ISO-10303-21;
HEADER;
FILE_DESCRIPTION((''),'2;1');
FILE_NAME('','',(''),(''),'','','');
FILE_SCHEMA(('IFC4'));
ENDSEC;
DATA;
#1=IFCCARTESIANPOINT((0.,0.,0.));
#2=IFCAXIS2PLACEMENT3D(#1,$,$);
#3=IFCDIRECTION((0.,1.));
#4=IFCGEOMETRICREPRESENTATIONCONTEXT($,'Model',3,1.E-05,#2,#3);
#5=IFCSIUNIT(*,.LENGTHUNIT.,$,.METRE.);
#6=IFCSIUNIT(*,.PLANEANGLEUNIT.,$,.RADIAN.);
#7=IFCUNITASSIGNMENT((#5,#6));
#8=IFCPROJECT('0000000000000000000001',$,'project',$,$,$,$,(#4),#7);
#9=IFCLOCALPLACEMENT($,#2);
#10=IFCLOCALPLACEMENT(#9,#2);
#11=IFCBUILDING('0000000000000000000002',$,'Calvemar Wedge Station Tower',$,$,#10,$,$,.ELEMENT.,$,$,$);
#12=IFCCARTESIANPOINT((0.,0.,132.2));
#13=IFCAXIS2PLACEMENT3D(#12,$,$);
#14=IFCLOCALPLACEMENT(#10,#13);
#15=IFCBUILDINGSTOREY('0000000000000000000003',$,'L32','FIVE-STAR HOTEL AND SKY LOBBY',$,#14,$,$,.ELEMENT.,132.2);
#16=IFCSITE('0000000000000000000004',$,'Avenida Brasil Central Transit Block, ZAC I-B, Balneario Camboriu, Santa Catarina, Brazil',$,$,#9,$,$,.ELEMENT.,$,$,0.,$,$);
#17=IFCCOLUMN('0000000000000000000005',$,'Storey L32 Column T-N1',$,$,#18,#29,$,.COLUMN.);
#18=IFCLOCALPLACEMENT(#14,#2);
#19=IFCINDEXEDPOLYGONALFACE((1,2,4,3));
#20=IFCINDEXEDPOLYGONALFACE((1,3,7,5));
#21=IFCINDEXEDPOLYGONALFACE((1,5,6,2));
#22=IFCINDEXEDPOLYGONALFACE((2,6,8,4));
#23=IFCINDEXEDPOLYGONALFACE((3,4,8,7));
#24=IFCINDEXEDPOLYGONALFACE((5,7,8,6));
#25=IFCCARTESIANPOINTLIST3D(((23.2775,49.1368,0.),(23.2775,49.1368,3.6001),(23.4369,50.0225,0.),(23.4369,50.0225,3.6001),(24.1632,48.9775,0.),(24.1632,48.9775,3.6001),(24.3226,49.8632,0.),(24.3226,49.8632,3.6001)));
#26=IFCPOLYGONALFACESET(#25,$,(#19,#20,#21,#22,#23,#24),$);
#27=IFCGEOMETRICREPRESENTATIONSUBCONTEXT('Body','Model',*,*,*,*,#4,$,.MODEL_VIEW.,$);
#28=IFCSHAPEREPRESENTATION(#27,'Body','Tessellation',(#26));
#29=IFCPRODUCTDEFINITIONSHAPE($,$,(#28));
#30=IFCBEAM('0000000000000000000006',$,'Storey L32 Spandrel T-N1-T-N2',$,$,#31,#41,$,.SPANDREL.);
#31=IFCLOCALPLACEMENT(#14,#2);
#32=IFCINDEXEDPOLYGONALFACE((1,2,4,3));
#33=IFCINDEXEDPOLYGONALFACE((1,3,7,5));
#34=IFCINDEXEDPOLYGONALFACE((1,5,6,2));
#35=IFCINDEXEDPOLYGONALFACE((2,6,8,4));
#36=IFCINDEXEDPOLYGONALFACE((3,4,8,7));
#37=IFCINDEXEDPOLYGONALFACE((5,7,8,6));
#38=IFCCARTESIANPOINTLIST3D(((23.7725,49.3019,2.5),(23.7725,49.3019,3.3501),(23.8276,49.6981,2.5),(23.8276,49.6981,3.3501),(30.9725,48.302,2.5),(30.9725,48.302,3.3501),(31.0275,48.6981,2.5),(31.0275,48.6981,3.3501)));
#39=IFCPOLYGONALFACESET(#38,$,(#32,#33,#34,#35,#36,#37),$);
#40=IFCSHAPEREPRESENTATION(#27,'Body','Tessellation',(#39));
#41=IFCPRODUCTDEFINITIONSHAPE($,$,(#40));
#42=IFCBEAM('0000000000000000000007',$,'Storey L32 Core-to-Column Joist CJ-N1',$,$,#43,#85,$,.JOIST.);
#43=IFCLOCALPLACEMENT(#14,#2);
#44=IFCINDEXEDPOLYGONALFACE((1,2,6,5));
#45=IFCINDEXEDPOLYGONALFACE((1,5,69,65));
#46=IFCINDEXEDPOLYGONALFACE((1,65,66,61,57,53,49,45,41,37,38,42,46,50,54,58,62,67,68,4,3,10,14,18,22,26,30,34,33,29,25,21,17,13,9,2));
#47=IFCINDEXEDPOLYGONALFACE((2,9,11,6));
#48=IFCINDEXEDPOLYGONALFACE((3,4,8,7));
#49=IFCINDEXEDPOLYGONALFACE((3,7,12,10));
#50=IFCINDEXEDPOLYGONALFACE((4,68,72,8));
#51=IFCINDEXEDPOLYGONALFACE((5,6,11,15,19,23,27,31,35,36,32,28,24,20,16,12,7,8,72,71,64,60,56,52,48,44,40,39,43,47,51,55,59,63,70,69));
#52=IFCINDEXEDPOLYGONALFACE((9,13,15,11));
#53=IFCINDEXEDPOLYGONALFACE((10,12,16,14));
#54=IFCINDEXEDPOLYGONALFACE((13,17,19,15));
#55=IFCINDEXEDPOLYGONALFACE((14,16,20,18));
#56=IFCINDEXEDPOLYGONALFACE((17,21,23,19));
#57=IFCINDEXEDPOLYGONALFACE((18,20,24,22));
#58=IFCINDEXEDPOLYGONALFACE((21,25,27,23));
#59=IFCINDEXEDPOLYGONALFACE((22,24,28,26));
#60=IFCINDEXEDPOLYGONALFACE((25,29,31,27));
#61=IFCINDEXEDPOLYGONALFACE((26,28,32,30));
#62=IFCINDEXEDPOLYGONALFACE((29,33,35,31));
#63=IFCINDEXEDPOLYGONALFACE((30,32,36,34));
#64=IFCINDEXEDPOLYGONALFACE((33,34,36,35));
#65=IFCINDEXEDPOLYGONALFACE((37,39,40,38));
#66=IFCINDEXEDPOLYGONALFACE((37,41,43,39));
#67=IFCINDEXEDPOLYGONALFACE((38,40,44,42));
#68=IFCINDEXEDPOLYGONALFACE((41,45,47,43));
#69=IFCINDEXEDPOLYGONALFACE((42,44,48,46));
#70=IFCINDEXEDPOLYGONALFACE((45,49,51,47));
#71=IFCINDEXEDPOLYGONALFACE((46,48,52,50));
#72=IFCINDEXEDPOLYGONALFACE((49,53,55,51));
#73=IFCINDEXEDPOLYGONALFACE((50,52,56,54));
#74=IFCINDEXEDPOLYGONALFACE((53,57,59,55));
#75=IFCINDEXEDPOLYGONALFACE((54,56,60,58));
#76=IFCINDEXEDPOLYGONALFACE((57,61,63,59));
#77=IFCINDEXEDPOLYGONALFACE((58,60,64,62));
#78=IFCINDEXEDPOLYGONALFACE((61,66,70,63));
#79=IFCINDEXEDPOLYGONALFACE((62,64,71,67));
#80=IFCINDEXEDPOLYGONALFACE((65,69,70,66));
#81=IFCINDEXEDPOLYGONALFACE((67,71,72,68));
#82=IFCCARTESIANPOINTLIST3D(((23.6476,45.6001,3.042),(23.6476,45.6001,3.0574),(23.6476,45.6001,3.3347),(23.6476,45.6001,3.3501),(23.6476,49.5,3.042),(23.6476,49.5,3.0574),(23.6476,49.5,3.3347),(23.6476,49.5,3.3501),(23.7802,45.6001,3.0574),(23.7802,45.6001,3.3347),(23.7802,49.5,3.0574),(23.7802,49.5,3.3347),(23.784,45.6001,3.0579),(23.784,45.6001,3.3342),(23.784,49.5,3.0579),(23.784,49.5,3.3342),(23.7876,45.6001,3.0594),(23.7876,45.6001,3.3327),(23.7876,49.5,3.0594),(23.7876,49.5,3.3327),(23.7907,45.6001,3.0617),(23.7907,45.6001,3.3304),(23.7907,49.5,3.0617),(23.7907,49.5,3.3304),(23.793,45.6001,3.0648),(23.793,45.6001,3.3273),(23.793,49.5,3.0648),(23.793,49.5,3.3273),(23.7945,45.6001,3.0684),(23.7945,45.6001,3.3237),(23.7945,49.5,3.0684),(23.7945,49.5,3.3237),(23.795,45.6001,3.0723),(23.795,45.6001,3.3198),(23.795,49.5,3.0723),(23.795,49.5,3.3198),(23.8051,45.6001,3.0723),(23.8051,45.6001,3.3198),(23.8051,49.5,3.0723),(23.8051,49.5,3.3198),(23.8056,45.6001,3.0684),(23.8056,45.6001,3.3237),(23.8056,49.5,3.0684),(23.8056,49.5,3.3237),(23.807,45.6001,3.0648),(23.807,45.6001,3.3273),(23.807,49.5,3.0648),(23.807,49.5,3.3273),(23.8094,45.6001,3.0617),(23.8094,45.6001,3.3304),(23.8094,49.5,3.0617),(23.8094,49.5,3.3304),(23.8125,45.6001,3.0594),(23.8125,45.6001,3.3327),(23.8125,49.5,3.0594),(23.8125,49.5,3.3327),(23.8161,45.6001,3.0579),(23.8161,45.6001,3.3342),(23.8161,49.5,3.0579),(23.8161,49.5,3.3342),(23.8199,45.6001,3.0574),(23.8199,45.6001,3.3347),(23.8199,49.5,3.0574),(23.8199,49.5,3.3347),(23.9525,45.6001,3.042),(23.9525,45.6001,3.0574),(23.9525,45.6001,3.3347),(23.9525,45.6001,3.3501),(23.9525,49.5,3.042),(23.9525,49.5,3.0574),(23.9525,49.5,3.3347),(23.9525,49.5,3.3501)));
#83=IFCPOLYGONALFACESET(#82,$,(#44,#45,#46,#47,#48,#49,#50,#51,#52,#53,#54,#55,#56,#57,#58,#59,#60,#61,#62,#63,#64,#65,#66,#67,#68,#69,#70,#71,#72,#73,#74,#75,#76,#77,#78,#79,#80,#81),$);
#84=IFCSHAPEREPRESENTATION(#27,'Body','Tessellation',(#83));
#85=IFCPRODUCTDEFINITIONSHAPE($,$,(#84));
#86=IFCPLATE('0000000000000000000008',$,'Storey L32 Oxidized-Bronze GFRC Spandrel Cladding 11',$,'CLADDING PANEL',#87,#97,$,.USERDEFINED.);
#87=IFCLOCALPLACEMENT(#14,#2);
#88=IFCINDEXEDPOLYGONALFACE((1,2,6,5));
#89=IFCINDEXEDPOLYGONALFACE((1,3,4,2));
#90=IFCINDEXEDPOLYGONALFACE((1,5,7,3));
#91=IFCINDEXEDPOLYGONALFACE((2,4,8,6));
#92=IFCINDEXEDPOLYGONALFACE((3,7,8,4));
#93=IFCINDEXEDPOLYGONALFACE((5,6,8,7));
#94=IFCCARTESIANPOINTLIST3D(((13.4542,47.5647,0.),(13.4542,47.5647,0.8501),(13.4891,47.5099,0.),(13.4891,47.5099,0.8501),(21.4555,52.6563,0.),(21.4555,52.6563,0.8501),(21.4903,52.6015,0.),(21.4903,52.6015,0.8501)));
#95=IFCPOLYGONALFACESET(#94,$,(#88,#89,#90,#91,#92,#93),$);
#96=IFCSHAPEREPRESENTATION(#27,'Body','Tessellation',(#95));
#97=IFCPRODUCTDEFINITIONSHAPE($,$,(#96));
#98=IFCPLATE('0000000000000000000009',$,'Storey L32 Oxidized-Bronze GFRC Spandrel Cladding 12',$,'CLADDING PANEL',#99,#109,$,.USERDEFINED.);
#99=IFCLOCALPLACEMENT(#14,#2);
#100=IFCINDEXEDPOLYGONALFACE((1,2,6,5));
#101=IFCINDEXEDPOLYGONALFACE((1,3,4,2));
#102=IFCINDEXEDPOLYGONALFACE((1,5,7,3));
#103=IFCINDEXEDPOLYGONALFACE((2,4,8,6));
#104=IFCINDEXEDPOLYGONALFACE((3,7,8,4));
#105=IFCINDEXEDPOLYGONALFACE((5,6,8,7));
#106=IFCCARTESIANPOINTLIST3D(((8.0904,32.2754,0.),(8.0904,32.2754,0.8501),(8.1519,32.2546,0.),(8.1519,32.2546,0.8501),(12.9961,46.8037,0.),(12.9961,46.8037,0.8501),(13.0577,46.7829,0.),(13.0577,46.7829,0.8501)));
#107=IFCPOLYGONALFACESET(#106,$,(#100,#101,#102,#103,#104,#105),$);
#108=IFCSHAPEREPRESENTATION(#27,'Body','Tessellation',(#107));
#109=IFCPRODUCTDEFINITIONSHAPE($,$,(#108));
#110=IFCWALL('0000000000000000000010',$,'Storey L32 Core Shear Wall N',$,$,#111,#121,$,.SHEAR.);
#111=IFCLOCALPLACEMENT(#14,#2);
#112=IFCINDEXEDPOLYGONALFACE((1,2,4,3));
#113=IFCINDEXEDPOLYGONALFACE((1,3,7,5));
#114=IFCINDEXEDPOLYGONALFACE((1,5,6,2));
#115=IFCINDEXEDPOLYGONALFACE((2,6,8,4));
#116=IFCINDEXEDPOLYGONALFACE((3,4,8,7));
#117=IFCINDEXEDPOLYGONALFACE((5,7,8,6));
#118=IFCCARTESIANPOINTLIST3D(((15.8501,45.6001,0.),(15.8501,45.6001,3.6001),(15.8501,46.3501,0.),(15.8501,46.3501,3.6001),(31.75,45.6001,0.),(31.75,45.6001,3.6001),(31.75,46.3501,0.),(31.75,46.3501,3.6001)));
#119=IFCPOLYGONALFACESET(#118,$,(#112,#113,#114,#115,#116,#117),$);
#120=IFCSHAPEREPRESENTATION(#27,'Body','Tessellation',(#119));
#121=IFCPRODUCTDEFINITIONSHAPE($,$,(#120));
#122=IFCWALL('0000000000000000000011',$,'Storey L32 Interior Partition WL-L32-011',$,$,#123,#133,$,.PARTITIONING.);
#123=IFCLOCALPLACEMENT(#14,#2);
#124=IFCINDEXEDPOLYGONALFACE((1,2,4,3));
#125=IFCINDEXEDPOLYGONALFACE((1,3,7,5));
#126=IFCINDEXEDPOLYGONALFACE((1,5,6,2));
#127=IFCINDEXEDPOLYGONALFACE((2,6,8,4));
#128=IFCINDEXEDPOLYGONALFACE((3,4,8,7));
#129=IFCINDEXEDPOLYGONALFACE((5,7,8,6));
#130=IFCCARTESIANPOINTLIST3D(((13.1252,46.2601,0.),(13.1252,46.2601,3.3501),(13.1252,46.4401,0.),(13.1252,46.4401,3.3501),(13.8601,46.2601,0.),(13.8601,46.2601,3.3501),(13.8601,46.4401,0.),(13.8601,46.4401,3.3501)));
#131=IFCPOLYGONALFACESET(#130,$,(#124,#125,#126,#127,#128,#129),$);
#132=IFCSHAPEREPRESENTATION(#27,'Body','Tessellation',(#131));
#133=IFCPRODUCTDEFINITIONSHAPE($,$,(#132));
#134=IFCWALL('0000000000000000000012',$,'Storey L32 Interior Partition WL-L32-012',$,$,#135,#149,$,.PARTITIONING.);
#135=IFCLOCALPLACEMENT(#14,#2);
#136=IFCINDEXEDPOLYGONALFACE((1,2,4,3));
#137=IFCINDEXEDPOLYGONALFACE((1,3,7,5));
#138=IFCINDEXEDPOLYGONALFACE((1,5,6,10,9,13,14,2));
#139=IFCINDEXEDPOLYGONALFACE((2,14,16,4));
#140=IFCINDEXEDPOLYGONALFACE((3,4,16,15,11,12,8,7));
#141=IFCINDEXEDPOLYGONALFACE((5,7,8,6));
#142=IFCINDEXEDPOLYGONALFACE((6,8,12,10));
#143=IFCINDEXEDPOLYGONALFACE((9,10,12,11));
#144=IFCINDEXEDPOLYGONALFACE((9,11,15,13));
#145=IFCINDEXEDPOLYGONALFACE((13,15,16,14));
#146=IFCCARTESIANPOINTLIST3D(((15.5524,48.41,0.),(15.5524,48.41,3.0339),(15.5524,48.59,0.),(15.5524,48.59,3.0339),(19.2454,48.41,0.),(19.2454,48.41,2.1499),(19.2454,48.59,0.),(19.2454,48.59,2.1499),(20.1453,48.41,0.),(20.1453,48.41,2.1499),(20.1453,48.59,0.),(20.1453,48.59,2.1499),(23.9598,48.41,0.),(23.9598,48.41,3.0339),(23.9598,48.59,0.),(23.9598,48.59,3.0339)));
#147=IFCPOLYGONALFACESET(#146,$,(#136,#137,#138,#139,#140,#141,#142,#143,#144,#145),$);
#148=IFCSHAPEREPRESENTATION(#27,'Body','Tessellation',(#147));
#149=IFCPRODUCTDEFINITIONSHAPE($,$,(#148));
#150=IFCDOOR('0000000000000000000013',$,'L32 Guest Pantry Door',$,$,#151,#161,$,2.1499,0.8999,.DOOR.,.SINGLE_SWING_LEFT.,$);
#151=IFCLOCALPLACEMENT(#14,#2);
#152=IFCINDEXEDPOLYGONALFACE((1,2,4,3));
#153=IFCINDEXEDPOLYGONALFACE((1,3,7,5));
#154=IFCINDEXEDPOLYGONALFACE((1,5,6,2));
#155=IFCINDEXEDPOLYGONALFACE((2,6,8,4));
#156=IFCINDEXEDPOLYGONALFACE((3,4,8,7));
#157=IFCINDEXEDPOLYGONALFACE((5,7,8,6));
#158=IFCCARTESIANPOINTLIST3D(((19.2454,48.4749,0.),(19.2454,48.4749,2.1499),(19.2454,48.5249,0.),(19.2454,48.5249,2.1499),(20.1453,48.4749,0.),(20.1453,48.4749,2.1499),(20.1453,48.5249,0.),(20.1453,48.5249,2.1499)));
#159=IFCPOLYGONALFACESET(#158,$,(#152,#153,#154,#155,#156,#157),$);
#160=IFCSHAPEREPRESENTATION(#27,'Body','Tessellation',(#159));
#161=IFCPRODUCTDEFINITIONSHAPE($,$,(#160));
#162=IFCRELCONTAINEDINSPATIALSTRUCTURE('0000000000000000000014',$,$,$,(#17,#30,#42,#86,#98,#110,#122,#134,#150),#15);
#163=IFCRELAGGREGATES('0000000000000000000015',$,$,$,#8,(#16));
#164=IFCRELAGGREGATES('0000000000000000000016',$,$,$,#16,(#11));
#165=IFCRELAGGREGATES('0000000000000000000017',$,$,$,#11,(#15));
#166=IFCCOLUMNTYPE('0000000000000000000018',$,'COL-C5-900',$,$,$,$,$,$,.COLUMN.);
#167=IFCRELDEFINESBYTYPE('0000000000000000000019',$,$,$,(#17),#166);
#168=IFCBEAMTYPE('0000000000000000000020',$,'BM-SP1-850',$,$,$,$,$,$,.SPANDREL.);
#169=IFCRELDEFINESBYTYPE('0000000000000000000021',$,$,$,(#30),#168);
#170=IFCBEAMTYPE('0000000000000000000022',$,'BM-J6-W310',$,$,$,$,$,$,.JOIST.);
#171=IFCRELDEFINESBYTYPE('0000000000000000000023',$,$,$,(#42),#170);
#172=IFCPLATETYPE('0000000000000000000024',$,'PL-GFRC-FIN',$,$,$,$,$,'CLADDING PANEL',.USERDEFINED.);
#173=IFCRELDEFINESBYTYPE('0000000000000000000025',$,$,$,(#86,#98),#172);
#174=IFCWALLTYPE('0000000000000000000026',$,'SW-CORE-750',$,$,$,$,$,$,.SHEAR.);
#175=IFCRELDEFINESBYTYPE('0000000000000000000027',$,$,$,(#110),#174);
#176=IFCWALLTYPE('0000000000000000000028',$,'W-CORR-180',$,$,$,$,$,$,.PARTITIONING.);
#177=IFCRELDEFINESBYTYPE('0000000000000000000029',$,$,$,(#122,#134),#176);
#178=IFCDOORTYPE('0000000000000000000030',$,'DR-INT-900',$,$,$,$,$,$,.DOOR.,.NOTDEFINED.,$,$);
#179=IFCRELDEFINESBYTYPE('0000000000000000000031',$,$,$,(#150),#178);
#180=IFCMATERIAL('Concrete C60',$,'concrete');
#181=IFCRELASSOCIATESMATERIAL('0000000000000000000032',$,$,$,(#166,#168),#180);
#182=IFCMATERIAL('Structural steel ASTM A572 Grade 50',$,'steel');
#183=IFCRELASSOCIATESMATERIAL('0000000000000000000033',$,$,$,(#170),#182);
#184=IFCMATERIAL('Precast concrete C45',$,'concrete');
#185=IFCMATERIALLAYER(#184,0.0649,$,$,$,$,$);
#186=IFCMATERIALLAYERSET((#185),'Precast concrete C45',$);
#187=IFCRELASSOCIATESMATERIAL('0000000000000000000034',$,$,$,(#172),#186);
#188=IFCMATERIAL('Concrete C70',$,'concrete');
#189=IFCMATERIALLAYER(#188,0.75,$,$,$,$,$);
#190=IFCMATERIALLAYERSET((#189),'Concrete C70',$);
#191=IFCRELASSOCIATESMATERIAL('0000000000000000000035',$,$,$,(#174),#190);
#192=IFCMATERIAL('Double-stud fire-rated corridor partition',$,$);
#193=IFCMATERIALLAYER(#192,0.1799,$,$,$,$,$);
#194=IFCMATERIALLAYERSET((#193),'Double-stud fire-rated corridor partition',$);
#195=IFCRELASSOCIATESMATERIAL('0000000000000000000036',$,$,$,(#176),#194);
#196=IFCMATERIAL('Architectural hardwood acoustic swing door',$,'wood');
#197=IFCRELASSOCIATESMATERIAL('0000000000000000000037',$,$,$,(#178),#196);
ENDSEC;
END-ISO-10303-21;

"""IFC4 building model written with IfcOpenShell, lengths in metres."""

from ifc_helpers import new_model, si_unit, direction, frame, frame_2d, origin, origin_2d, place, context, subcontext, project, spatial, rectangle, i_section, extrude, source, transform, mapped, material, layer, layer_set, material_profile, profile_set, type_object, element, fill, save


model = new_model("IFC4")

# Units and contexts
model_context = context("Model", 3, precision=1e-05, world=origin(), true_north=direction((0.0, 1.0)))
body_context = subcontext(model_context, "Body", "Model", "MODEL_VIEW")
ifc_project = project(units=[si_unit("LENGTHUNIT", "METRE"), si_unit("PLANEANGLEUNIT", "RADIAN")], contexts=[model_context])

# Site, building, storey
site_placement = place(None, origin())
site = spatial("IfcSite", under=ifc_project, at=site_placement, Name="Avenida Brasil Central Transit Block, ZAC I-B, Balneario Camboriu, Santa Catarina, Brazil", CompositionType="ELEMENT", RefElevation=0.0)
building_placement = place(site_placement, origin())
building = spatial("IfcBuilding", under=site, at=building_placement, Name="Calvemar Wedge Station Tower", CompositionType="ELEMENT")
storey_placement = place(building_placement, frame((0.0, 0.0, 132.2)))
storey = spatial("IfcBuildingStorey", under=building, at=storey_placement, Name="L32", Description="FIVE-STAR HOTEL AND SKY LOBBY", CompositionType="ELEMENT", Elevation=132.2)

# Column
ifc_material_1 = material(Name="Concrete C60", Category="concrete")
ifc_material_profile_1 = material_profile(ifc_material_1, rectangle(XDim=0.8999, YDim=0.8999, at=origin_2d()), Name="RC900x900")
ifc_profile_set_1 = profile_set([ifc_material_profile_1], Name="Concrete C60")
column_type = type_object("IfcColumnType", Name="COL-C5-900", PredefinedType="COLUMN", material=ifc_profile_set_1)
shared_shape_1 = source(origin(), body_context, "Body", "SweptSolid", [
    extrude(rectangle(XDim=0.8999, YDim=0.8999, at=origin_2d()), origin(), (0.0, 0.0, 1.0), 3.6001),
])
column_placement = place(storey_placement, frame((23.8, 49.5, 0.0), z_axis=(0.0, 0.0, 1.0), x_axis=(0.984196, -0.177085, 0.0)))
element("IfcColumn", 1, at=column_placement, inside=storey, type_object=column_type, Name="Storey L32 Column T-N1", PredefinedType="COLUMN", context=body_context, shape_type="MappedRepresentation", body=[
    mapped(shared_shape_1, transform((0.0, 0.0, 0.0), scale=1.0)),
])

# Beams
ifc_material_profile_2 = material_profile(ifc_material_1, rectangle(XDim=0.3999, YDim=0.8501, at=origin_2d()), Name="RC400x850")
ifc_profile_set_2 = profile_set([ifc_material_profile_2], Name="Concrete C60")
beam_type_1 = type_object("IfcBeamType", Name="BM-SP1-850", PredefinedType="SPANDREL", material=ifc_profile_set_2)
shared_shape_2 = source(origin(), body_context, "Body", "SweptSolid", [
    extrude(rectangle(XDim=0.3999, YDim=0.8501, at=origin_2d()), origin(), (0.0, 0.0, 1.0), 7.269),
])
beam_1_placement = place(storey_placement, frame((23.8, 49.5, 2.925), z_axis=(0.990492, -0.137569, 0.0), x_axis=(0.137569, 0.990492, 0.0)))
element("IfcBeam", 2, at=beam_1_placement, inside=storey, type_object=beam_type_1, Name="Storey L32 Spandrel T-N1-T-N2", PredefinedType="SPANDREL", context=body_context, shape_type="MappedRepresentation", body=[
    mapped(shared_shape_2, transform((0.0, 0.0, 0.0), scale=1.0)),
])
ifc_material_2 = material(Name="Structural steel ASTM A572 Grade 50", Category="steel")
ifc_material_profile_3 = material_profile(ifc_material_2, i_section(OverallWidth=0.3049, OverallDepth=0.3081, WebThickness=0.01, FlangeThickness=0.0154, FilletRadius=0.0149, at=origin_2d()), Name="W310x97")
ifc_profile_set_3 = profile_set([ifc_material_profile_3], Name="Structural steel ASTM A572 Grade 50")
beam_type_2 = type_object("IfcBeamType", Name="BM-J6-W310", PredefinedType="JOIST", material=ifc_profile_set_3)
shared_shape_3 = source(origin(), body_context, "Body", "SweptSolid", [
    extrude(i_section(OverallWidth=0.3049, OverallDepth=0.3081, WebThickness=0.01, FlangeThickness=0.0154, FilletRadius=0.0149, at=origin_2d()), origin(), (0.0, 0.0, 1.0), 3.8999),
])
beam_2_placement = place(storey_placement, frame((23.8, 45.6001, 3.196), z_axis=(0.0, 1.0, 0.0), x_axis=(-1.0, 0.0, 0.0)))
element("IfcBeam", 3, at=beam_2_placement, inside=storey, type_object=beam_type_2, Name="Storey L32 Core-to-Column Joist CJ-N1", PredefinedType="JOIST", context=body_context, shape_type="MappedRepresentation", body=[
    mapped(shared_shape_3, transform((0.0, 0.0, 0.0), scale=1.0)),
])

# Plates
ifc_material_3 = material(Name="Precast concrete C45", Category="concrete")
ifc_layer_1 = layer(ifc_material_3, 0.0649)
ifc_layer_set_1 = layer_set([ifc_layer_1], Name="Precast concrete C45")
plate_type = type_object("IfcPlateType", Name="PL-GFRC-FIN", ElementType="CLADDING PANEL", PredefinedType="USERDEFINED", material=ifc_layer_set_1)
plate_1_placement = place(storey_placement, frame((21.4729, 52.6289, 0.0), z_axis=(0.0, 0.0, 1.0), x_axis=(-0.843668, -0.536865, 0.0)))
element("IfcPlate", 4, at=plate_1_placement, inside=storey, type_object=plate_type, Name="Storey L32 Oxidized-Bronze GFRC Spandrel Cladding 11", ObjectType="CLADDING PANEL", PredefinedType="USERDEFINED", context=body_context, shape_type="SweptSolid", body=[
    extrude(rectangle(XDim=9.4839, YDim=0.0649, at=frame_2d((4.7419, 0.0))), origin(), (0.0, 0.0, 1.0), 0.8501),
])
plate_2_placement = place(storey_placement, frame((13.0269, 46.7932, 0.0), z_axis=(0.0, 0.0, 1.0), x_axis=(-0.319922, -0.947444, 0.0)))
element("IfcPlate", 5, at=plate_2_placement, inside=storey, type_object=plate_type, Name="Storey L32 Oxidized-Bronze GFRC Spandrel Cladding 12", ObjectType="CLADDING PANEL", PredefinedType="USERDEFINED", context=body_context, shape_type="SweptSolid", body=[
    extrude(rectangle(XDim=15.3342, YDim=0.0649, at=frame_2d((7.667, 0.0))), origin(), (0.0, 0.0, 1.0), 0.8501),
])

# Walls
ifc_material_4 = material(Name="Concrete C70", Category="concrete")
ifc_layer_2 = layer(ifc_material_4, 0.75)
ifc_layer_set_2 = layer_set([ifc_layer_2], Name="Concrete C70")
wall_type_1 = type_object("IfcWallType", Name="SW-CORE-750", PredefinedType="SHEAR", material=ifc_layer_set_2)
wall_1_placement = place(storey_placement, frame((15.8501, 45.9751, 0.0), z_axis=(0.0, 0.0, 1.0), x_axis=(1.0, 0.0, 0.0)))
element("IfcWall", 6, at=wall_1_placement, inside=storey, type_object=wall_type_1, Name="Storey L32 Core Shear Wall N", PredefinedType="SHEAR", context=body_context, shape_type="SweptSolid", body=[
    extrude(rectangle(XDim=15.8999, YDim=0.75, at=frame_2d((7.95, 0.0))), origin(), (0.0, 0.0, 1.0), 3.6001),
])
ifc_material_5 = material(Name="Double-stud fire-rated corridor partition")
ifc_layer_3 = layer(ifc_material_5, 0.1799)
ifc_layer_set_3 = layer_set([ifc_layer_3], Name="Double-stud fire-rated corridor partition")
wall_type_2 = type_object("IfcWallType", Name="W-CORR-180", PredefinedType="PARTITIONING", material=ifc_layer_set_3)
wall_2_placement = place(storey_placement, frame((13.8601, 46.3501, 0.0), z_axis=(0.0, 0.0, 1.0), x_axis=(-1.0, 0.0, 0.0)))
element("IfcWall", 7, at=wall_2_placement, inside=storey, type_object=wall_type_2, Name="Storey L32 Interior Partition WL-L32-011", PredefinedType="PARTITIONING", context=body_context, shape_type="SweptSolid", body=[
    extrude(rectangle(XDim=0.7349, YDim=0.1799, at=frame_2d((0.3674, 0.0))), origin(), (0.0, 0.0, 1.0), 3.3501),
])

# Wall, opening, door
wall_3_placement = place(storey_placement, frame((15.5525, 48.5, 0.0), z_axis=(0.0, 0.0, 1.0), x_axis=(1.0, 0.0, 0.0)))
wall_3 = element("IfcWall", 8, at=wall_3_placement, inside=storey, type_object=wall_type_2, Name="Storey L32 Interior Partition WL-L32-012", PredefinedType="PARTITIONING", context=body_context, shape_type="SweptSolid", body=[
    extrude(rectangle(XDim=8.4075, YDim=0.1799, at=frame_2d((4.2036, 0.0))), origin(), (0.0, 0.0, 1.0), 3.0339),
])
shared_shape_4 = source(origin(), body_context, "Body", "SweptSolid", [
    extrude(rectangle(XDim=0.8999, YDim=2.1499, at=frame_2d((0.45, 1.075))), frame((0.0, 0.1001, 0.0), z_axis=(0.0, -1.0, 0.0), x_axis=(1.0, 0.0, 0.0)), (0.0, 0.0, 1.0), 0.2),
])
opening_1_placement = place(wall_3_placement, frame((3.6929, 0.0, 0.0)))
opening_1 = element("IfcOpeningElement", 9, at=opening_1_placement, cuts=wall_3, PredefinedType="OPENING", context=body_context, shape_type="MappedRepresentation", body=[
    mapped(shared_shape_4, transform((0.0, 0.0, 0.0), scale=1.0)),
])
ifc_material_6 = material(Name="Architectural hardwood acoustic swing door", Category="wood")
door_type_1 = type_object("IfcDoorType", Name="DR-INT-900", OperationType="NOTDEFINED", PredefinedType="DOOR", material=ifc_material_6)
shared_shape_5 = source(origin(), body_context, "Body", "SweptSolid", [
    extrude(rectangle(XDim=0.8999, YDim=2.1499, at=frame_2d((0.45, 1.075))), frame((0.0, 0.0249, 0.0), z_axis=(0.0, -1.0, 0.0), x_axis=(1.0, 0.0, 0.0)), (0.0, 0.0, 1.0), 0.05),
])
door_1_placement = place(opening_1_placement, origin())
door_1 = element("IfcDoor", 10, at=door_1_placement, inside=storey, type_object=door_type_1, Name="L32 Guest Pantry Door", OperationType="SINGLE_SWING_LEFT", OverallHeight=2.1499, OverallWidth=0.8999, PredefinedType="DOOR", context=body_context, shape_type="MappedRepresentation", body=[
    mapped(shared_shape_5, transform((0.0, 0.0, 0.0), scale=1.0)),
])
fill(opening_1, door_1)

save(model, "model.ifc")
